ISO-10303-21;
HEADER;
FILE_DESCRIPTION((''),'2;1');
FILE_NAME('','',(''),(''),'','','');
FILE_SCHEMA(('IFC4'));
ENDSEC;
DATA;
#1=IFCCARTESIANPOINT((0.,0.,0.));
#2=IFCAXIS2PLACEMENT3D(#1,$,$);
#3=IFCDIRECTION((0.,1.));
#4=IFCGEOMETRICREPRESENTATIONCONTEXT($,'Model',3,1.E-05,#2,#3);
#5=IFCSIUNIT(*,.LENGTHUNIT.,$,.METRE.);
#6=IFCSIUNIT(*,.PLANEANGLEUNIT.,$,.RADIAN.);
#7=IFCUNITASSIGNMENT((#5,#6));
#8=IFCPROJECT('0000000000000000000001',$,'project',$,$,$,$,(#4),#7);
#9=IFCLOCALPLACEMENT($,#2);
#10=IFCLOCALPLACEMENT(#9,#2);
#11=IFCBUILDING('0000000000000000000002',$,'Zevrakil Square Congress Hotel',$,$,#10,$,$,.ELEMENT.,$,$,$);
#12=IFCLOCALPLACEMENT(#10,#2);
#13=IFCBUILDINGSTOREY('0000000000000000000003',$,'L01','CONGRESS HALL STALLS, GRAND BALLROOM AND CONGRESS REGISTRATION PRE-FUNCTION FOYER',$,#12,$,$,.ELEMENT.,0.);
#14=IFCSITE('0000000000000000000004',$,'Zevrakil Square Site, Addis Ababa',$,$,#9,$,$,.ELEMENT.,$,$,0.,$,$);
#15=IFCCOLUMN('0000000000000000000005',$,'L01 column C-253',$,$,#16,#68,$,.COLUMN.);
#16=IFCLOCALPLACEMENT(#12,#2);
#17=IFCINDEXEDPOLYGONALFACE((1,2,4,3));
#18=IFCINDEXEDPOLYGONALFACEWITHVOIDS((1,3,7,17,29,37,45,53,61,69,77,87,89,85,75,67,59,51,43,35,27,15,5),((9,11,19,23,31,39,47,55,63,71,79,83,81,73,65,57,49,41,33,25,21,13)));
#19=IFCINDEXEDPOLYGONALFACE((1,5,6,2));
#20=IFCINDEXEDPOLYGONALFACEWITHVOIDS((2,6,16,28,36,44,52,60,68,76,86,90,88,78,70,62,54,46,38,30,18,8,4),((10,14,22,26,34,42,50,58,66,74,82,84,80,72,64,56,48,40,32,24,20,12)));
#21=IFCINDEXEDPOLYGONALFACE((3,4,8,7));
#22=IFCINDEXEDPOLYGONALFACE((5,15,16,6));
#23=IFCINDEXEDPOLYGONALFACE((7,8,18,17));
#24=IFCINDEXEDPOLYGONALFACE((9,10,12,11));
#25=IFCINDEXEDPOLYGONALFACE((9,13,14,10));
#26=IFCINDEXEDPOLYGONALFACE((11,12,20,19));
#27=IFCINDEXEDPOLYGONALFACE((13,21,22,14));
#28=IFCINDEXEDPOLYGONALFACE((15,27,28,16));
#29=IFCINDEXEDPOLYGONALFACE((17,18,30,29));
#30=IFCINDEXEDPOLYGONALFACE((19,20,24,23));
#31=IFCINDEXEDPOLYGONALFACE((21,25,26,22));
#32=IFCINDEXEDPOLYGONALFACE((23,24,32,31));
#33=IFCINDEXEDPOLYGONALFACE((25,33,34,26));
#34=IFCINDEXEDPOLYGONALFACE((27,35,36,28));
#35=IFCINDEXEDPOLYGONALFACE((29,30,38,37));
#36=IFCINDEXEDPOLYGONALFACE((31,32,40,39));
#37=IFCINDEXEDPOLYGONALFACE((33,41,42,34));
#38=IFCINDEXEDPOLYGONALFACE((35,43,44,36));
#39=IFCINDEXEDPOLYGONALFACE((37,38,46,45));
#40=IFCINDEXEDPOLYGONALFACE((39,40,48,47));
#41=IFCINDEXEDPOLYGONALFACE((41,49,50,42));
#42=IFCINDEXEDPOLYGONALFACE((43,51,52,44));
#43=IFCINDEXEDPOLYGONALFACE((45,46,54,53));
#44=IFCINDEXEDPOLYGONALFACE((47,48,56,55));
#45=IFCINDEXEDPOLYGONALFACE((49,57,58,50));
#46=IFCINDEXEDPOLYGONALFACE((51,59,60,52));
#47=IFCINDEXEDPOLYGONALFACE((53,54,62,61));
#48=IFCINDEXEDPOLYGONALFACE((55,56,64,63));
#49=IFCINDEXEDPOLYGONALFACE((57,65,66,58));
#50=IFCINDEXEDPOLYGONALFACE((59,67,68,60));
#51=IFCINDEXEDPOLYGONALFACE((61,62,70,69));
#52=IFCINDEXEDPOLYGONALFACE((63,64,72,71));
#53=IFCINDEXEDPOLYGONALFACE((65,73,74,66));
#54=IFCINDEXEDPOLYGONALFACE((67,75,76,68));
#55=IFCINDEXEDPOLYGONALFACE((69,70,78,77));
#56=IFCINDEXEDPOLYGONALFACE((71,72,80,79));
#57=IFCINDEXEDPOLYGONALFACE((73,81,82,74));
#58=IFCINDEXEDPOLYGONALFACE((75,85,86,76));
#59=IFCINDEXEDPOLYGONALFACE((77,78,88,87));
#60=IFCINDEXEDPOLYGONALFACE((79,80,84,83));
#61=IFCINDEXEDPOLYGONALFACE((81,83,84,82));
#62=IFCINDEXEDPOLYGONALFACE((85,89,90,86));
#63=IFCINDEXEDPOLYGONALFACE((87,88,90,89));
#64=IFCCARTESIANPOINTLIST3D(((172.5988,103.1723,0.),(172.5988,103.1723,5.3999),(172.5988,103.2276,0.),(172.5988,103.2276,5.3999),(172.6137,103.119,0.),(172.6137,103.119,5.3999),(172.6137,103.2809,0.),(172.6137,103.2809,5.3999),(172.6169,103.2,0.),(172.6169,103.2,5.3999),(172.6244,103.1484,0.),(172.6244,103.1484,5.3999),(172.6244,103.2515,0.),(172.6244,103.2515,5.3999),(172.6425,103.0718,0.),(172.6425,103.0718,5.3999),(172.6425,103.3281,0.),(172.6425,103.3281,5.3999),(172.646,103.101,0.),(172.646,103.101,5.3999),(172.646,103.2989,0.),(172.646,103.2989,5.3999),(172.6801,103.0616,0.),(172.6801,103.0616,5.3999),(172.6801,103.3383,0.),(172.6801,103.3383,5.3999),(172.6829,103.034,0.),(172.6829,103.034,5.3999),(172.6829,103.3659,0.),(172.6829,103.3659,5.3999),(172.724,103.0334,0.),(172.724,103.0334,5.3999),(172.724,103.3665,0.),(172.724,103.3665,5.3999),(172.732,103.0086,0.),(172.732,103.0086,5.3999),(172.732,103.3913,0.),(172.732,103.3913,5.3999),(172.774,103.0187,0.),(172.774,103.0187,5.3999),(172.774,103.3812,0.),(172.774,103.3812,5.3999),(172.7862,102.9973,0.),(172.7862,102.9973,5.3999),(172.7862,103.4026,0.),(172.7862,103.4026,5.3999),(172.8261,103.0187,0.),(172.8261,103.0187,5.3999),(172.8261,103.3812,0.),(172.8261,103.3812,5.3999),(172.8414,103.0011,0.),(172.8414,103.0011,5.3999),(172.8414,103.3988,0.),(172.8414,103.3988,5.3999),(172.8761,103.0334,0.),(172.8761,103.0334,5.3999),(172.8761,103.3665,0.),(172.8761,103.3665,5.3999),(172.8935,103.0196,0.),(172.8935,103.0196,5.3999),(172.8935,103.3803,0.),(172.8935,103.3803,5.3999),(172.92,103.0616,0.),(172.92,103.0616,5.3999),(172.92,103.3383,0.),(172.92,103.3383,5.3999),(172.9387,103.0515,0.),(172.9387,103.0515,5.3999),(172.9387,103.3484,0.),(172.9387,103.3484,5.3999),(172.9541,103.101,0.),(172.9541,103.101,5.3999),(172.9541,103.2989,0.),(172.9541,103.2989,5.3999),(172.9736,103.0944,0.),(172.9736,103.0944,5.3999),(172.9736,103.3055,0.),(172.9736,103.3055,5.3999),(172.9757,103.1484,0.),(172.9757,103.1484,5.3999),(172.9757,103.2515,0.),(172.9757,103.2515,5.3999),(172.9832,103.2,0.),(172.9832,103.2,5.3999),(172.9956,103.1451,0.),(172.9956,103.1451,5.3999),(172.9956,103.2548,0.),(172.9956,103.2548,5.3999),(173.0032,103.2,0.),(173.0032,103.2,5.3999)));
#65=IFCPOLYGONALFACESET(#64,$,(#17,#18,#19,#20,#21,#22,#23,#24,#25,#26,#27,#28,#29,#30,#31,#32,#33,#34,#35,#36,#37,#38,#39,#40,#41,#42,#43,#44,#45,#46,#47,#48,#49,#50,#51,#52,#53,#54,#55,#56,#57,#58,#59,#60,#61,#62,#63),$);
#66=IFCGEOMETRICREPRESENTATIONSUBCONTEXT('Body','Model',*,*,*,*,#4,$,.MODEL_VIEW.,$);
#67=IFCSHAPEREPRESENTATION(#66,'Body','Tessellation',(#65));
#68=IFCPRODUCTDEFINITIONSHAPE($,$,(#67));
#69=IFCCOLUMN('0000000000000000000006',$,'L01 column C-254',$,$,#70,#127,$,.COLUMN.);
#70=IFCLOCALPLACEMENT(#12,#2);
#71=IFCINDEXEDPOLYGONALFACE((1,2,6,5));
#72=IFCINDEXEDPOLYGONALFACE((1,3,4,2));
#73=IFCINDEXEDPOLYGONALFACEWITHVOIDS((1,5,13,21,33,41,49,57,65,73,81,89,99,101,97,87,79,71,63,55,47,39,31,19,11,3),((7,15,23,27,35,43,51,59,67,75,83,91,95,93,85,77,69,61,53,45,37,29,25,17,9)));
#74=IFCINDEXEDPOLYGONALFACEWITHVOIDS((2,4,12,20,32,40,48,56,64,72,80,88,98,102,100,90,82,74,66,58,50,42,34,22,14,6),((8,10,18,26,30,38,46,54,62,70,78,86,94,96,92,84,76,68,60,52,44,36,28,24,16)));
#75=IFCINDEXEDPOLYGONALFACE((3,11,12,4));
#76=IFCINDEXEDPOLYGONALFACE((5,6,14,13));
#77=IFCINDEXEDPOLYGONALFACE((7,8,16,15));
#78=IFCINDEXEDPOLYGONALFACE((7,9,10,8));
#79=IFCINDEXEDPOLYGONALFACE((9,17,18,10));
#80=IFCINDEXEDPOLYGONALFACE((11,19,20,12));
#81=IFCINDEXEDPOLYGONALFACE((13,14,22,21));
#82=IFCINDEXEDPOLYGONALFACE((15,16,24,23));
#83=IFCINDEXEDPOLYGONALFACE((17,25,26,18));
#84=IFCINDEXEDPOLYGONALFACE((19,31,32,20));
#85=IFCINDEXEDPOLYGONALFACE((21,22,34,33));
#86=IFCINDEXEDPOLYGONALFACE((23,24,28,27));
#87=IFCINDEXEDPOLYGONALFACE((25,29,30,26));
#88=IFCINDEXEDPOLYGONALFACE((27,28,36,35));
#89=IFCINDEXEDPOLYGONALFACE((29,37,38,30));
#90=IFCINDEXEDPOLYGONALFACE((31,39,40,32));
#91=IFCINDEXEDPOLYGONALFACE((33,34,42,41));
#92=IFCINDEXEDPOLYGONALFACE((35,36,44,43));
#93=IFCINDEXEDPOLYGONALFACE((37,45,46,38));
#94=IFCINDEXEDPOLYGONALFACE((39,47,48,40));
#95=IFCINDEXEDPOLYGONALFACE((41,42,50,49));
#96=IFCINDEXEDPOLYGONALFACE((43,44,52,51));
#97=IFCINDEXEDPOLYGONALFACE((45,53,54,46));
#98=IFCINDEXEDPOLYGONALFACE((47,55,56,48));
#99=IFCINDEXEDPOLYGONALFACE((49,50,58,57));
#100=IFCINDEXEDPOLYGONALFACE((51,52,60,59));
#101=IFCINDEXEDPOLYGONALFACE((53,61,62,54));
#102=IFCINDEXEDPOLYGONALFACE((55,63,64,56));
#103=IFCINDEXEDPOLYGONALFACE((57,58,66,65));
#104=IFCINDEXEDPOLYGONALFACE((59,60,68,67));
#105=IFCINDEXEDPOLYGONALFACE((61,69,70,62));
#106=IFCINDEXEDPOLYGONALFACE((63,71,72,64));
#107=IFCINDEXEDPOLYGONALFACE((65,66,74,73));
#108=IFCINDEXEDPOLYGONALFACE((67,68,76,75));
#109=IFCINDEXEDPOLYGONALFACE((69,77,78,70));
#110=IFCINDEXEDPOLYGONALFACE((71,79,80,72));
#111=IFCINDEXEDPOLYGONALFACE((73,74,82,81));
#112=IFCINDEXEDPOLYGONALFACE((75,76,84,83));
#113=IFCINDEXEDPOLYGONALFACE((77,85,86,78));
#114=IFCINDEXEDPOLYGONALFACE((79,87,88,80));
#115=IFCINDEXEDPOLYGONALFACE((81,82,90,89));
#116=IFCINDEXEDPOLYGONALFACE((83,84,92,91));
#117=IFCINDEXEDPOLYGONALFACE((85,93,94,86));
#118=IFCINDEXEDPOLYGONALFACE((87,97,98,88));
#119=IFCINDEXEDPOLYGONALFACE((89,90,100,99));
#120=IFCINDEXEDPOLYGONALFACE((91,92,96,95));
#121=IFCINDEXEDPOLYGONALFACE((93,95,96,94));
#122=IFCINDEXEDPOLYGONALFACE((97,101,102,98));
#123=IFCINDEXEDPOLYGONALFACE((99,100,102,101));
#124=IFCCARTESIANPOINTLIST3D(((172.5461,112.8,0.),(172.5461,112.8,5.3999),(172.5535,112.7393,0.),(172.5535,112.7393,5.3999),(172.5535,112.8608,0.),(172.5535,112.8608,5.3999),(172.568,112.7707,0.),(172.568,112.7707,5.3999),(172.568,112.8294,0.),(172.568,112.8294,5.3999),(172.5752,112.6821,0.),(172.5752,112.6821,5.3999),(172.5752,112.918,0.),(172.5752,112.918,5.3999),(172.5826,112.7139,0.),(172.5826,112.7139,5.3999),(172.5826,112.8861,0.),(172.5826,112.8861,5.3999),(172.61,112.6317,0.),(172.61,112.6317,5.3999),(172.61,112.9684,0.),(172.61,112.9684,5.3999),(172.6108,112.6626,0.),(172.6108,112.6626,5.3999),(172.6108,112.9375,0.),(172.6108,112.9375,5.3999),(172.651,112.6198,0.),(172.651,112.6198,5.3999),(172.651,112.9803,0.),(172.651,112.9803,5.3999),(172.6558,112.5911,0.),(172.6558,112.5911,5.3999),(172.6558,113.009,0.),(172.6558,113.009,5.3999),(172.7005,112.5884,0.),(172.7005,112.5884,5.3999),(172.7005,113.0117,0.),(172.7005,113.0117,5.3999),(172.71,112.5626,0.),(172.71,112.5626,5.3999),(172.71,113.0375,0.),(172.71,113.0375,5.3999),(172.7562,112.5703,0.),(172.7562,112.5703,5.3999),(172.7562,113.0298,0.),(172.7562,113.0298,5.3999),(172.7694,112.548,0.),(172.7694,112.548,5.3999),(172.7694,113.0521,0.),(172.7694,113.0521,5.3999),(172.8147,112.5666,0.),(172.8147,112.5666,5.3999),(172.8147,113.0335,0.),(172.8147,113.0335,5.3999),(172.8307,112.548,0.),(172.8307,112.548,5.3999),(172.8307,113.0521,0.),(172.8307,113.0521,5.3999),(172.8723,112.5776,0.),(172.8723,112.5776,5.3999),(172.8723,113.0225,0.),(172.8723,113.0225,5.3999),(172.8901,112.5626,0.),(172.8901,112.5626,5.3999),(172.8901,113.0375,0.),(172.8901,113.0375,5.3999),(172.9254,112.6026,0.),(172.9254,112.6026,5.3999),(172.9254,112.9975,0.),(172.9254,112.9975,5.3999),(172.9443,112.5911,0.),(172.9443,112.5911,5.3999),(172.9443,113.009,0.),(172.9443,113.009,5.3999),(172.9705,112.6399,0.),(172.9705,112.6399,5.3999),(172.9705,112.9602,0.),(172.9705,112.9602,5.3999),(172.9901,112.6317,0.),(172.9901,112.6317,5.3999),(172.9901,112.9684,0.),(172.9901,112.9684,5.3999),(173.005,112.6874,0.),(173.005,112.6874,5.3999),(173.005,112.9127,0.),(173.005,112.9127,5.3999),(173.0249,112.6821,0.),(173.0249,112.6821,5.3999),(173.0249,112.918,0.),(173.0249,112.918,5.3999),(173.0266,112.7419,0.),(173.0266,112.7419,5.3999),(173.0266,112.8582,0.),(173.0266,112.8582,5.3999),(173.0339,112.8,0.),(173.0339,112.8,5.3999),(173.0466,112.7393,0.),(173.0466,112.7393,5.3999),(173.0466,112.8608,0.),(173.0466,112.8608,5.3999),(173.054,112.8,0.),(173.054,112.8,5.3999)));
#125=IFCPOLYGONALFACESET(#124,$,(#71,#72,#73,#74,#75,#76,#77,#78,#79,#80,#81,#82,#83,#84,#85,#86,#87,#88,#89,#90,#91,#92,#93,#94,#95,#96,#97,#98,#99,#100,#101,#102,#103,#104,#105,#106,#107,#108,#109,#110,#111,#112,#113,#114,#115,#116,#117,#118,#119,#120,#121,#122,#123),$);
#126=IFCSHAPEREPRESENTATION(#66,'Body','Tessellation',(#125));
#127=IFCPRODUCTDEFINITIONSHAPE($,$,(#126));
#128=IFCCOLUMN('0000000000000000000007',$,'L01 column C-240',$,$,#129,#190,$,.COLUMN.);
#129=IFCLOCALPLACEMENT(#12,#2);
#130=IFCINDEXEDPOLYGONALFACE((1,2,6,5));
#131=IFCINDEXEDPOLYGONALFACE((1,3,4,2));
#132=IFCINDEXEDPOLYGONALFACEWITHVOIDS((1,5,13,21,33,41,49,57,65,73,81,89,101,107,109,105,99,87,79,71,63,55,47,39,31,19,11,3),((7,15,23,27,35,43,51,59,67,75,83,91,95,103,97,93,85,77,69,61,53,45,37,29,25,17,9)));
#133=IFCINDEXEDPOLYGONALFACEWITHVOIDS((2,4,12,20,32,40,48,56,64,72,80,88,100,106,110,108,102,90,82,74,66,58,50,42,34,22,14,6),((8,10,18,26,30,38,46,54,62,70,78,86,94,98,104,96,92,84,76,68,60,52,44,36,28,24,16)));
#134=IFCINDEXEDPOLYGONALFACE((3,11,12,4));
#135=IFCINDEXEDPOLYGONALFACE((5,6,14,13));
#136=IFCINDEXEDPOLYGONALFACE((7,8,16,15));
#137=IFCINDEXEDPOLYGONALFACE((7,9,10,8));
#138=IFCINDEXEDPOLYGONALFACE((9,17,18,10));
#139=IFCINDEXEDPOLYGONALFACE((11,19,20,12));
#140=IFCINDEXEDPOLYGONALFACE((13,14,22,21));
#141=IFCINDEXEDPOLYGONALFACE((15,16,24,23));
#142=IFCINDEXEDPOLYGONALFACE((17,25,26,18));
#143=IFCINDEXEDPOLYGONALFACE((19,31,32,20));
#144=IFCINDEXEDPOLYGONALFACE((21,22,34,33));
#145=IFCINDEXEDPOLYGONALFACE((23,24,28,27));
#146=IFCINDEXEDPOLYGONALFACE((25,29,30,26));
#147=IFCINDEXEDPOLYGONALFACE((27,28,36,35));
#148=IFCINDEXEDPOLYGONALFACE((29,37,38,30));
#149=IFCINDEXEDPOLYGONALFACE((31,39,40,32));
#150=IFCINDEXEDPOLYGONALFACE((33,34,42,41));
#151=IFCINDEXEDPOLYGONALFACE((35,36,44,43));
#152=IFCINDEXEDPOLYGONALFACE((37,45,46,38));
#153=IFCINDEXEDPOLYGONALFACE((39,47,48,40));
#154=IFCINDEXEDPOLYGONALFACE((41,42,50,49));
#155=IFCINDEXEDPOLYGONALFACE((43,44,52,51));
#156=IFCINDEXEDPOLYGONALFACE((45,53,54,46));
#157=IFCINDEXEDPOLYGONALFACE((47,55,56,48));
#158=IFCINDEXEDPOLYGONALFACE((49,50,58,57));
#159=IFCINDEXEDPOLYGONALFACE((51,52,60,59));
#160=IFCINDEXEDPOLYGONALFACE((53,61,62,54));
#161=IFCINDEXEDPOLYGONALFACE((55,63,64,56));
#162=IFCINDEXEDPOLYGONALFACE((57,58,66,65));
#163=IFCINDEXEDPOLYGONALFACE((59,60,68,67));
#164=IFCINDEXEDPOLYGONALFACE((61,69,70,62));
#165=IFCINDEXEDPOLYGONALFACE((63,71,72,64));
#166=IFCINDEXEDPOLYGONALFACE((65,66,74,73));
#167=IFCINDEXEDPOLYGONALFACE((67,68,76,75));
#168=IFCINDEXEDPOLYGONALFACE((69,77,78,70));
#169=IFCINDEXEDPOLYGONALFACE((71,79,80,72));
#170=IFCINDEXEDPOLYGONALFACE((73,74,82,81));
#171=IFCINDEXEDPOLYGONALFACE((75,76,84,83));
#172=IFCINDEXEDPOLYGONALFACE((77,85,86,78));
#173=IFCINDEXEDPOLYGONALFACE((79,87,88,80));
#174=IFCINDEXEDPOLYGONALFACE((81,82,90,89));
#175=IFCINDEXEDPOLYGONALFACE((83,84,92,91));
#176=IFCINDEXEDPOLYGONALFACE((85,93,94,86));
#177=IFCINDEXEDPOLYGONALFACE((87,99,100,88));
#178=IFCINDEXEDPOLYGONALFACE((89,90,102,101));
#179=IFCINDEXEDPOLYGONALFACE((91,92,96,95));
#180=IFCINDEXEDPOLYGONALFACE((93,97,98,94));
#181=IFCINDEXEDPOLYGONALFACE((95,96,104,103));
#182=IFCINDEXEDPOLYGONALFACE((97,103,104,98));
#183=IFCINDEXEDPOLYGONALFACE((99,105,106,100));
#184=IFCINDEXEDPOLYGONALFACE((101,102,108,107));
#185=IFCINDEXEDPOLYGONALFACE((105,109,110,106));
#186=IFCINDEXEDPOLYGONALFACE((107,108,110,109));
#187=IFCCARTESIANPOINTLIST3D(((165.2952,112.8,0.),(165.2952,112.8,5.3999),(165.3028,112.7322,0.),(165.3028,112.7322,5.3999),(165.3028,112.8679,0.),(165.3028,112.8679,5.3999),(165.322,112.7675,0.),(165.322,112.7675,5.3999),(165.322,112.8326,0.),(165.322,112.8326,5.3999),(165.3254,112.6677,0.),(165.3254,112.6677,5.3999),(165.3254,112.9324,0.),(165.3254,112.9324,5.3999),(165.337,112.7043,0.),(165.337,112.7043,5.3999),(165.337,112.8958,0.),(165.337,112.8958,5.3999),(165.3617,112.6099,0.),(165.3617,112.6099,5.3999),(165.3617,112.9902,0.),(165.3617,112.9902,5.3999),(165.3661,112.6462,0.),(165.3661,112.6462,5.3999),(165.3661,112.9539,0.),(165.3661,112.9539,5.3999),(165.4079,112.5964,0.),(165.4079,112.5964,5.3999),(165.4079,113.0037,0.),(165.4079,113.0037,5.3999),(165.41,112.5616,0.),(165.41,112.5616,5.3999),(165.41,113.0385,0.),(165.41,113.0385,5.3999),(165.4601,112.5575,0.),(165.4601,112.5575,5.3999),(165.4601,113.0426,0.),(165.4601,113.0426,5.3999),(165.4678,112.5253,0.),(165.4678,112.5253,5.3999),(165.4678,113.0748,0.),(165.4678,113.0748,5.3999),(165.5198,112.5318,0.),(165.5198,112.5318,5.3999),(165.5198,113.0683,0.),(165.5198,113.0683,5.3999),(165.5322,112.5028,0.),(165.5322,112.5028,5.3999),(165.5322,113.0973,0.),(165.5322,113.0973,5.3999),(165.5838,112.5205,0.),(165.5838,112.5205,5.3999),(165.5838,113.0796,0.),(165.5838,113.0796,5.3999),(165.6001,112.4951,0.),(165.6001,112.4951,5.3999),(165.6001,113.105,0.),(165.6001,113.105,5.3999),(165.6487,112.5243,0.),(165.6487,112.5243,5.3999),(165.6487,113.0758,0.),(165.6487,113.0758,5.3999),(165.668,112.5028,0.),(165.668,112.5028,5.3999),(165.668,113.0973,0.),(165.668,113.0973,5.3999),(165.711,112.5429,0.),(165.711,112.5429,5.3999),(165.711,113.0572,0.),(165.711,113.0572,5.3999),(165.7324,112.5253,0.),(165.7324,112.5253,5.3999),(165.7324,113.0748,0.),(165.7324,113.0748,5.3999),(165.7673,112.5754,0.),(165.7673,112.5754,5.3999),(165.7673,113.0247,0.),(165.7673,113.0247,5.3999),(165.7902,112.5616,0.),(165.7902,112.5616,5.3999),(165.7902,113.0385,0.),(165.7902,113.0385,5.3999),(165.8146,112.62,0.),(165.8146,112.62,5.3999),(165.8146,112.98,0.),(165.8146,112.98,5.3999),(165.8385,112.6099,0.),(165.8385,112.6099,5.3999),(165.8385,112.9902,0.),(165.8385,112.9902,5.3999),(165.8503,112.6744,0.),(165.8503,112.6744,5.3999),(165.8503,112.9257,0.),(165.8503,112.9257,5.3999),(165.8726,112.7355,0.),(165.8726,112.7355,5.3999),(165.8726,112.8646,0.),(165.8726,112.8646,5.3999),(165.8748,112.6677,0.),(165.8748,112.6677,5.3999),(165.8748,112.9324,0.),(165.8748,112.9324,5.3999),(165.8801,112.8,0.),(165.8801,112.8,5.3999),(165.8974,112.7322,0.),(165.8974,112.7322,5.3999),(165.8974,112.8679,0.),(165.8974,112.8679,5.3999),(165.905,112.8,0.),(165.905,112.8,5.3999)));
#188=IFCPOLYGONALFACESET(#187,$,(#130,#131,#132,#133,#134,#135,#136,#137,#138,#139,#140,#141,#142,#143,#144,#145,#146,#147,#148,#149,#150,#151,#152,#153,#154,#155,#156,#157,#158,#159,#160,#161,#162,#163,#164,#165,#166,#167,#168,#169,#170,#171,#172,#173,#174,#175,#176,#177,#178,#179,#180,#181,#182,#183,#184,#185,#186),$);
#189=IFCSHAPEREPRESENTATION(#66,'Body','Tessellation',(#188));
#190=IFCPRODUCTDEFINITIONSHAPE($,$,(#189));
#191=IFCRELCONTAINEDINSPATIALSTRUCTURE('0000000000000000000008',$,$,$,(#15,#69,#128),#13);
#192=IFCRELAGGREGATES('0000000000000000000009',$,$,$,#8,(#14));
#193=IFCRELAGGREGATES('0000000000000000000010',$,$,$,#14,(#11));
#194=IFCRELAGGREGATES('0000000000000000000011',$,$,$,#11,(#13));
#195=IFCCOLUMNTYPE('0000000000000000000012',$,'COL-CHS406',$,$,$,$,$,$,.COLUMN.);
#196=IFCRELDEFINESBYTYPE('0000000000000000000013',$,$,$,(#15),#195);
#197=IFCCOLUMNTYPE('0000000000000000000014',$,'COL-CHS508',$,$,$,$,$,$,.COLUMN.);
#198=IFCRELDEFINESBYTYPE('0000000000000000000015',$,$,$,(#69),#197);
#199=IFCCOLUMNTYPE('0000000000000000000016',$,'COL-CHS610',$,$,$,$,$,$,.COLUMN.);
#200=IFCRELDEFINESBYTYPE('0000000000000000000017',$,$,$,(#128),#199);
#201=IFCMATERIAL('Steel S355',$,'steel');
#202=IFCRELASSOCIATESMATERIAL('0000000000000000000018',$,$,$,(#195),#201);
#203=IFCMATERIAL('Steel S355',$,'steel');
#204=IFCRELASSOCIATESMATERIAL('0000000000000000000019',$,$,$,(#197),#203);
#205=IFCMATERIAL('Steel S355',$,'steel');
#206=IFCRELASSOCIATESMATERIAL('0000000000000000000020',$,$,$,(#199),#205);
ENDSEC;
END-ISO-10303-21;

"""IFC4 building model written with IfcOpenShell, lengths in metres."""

from ifc_helpers import new_model, si_unit, direction, frame, origin, origin_2d, place, context, subcontext, project, spatial, hollow_circle, extrude, material, material_profile, profile_set, type_object, element, save


model = new_model("IFC4")

# Units and contexts
model_context = context("Model", 3, precision=1e-05, world=origin(), true_north=direction((0.0, 1.0)))
body_context = subcontext(model_context, "Body", "Model", "MODEL_VIEW")
ifc_project = project(units=[si_unit("LENGTHUNIT", "METRE"), si_unit("PLANEANGLEUNIT", "RADIAN")], contexts=[model_context])

# Site, building, storey
site_placement = place(None, origin())
site = spatial("IfcSite", under=ifc_project, at=site_placement, Name="Zevrakil Square Site, Addis Ababa", CompositionType="ELEMENT", RefElevation=0.0)
building_placement = place(site_placement, origin())
building = spatial("IfcBuilding", under=site, at=building_placement, Name="Zevrakil Square Congress Hotel", CompositionType="ELEMENT")
storey_placement = place(building_placement, origin())
storey = spatial("IfcBuildingStorey", under=building, at=storey_placement, Name="L01", Description="CONGRESS HALL STALLS, GRAND BALLROOM AND CONGRESS REGISTRATION PRE-FUNCTION FOYER", CompositionType="ELEMENT", Elevation=0.0)

# Columns
ifc_material_1 = material(Name="Steel S355", Category="steel")
ifc_material_profile_1 = material_profile(ifc_material_1, hollow_circle(Radius=0.2031, WallThickness=0.02, at=origin_2d()), Name="CHS 406.4x20")
ifc_profile_set_1 = profile_set([ifc_material_profile_1], Name="Steel S355")
column_type_1 = type_object("IfcColumnType", Name="COL-CHS406", PredefinedType="COLUMN", material=ifc_profile_set_1)
column_1_placement = place(storey_placement, frame((172.8, 103.2, 0.0), z_axis=(0.0, 0.0, 1.0), x_axis=(1.0, 0.0, 0.0)))
element("IfcColumn", 1, at=column_1_placement, inside=storey, type_object=column_type_1, Name="L01 column C-253", PredefinedType="COLUMN", context=body_context, shape_type="SweptSolid", body=[
    extrude(hollow_circle(Radius=0.2031, WallThickness=0.02, at=origin_2d()), origin(), (0.0, 0.0, 1.0), 5.3999),
])
ifc_material_2 = material(Name="Steel S355", Category="steel")
ifc_material_profile_2 = material_profile(ifc_material_2, hollow_circle(Radius=0.2539, WallThickness=0.02, at=origin_2d()), Name="CHS 508x20")
ifc_profile_set_2 = profile_set([ifc_material_profile_2], Name="Steel S355")
column_type_2 = type_object("IfcColumnType", Name="COL-CHS508", PredefinedType="COLUMN", material=ifc_profile_set_2)
column_2_placement = place(storey_placement, frame((172.8, 112.8, 0.0), z_axis=(0.0, 0.0, 1.0), x_axis=(1.0, 0.0, 0.0)))
element("IfcColumn", 2, at=column_2_placement, inside=storey, type_object=column_type_2, Name="L01 column C-254", PredefinedType="COLUMN", context=body_context, shape_type="SweptSolid", body=[
    extrude(hollow_circle(Radius=0.2539, WallThickness=0.02, at=origin_2d()), origin(), (0.0, 0.0, 1.0), 5.3999),
])
ifc_material_3 = material(Name="Steel S355", Category="steel")
ifc_material_profile_3 = material_profile(ifc_material_3, hollow_circle(Radius=0.3049, WallThickness=0.0249, at=origin_2d()), Name="CHS 610x25")
ifc_profile_set_3 = profile_set([ifc_material_profile_3], Name="Steel S355")
column_type_3 = type_object("IfcColumnType", Name="COL-CHS610", PredefinedType="COLUMN", material=ifc_profile_set_3)
column_3_placement = place(storey_placement, frame((165.6001, 112.8, 0.0), z_axis=(0.0, 0.0, 1.0), x_axis=(1.0, 0.0, 0.0)))
element("IfcColumn", 3, at=column_3_placement, inside=storey, type_object=column_type_3, Name="L01 column C-240", PredefinedType="COLUMN", context=body_context, shape_type="SweptSolid", body=[
    extrude(hollow_circle(Radius=0.3049, WallThickness=0.0249, at=origin_2d()), origin(), (0.0, 0.0, 1.0), 5.3999),
])

save(model, "model.ifc")
